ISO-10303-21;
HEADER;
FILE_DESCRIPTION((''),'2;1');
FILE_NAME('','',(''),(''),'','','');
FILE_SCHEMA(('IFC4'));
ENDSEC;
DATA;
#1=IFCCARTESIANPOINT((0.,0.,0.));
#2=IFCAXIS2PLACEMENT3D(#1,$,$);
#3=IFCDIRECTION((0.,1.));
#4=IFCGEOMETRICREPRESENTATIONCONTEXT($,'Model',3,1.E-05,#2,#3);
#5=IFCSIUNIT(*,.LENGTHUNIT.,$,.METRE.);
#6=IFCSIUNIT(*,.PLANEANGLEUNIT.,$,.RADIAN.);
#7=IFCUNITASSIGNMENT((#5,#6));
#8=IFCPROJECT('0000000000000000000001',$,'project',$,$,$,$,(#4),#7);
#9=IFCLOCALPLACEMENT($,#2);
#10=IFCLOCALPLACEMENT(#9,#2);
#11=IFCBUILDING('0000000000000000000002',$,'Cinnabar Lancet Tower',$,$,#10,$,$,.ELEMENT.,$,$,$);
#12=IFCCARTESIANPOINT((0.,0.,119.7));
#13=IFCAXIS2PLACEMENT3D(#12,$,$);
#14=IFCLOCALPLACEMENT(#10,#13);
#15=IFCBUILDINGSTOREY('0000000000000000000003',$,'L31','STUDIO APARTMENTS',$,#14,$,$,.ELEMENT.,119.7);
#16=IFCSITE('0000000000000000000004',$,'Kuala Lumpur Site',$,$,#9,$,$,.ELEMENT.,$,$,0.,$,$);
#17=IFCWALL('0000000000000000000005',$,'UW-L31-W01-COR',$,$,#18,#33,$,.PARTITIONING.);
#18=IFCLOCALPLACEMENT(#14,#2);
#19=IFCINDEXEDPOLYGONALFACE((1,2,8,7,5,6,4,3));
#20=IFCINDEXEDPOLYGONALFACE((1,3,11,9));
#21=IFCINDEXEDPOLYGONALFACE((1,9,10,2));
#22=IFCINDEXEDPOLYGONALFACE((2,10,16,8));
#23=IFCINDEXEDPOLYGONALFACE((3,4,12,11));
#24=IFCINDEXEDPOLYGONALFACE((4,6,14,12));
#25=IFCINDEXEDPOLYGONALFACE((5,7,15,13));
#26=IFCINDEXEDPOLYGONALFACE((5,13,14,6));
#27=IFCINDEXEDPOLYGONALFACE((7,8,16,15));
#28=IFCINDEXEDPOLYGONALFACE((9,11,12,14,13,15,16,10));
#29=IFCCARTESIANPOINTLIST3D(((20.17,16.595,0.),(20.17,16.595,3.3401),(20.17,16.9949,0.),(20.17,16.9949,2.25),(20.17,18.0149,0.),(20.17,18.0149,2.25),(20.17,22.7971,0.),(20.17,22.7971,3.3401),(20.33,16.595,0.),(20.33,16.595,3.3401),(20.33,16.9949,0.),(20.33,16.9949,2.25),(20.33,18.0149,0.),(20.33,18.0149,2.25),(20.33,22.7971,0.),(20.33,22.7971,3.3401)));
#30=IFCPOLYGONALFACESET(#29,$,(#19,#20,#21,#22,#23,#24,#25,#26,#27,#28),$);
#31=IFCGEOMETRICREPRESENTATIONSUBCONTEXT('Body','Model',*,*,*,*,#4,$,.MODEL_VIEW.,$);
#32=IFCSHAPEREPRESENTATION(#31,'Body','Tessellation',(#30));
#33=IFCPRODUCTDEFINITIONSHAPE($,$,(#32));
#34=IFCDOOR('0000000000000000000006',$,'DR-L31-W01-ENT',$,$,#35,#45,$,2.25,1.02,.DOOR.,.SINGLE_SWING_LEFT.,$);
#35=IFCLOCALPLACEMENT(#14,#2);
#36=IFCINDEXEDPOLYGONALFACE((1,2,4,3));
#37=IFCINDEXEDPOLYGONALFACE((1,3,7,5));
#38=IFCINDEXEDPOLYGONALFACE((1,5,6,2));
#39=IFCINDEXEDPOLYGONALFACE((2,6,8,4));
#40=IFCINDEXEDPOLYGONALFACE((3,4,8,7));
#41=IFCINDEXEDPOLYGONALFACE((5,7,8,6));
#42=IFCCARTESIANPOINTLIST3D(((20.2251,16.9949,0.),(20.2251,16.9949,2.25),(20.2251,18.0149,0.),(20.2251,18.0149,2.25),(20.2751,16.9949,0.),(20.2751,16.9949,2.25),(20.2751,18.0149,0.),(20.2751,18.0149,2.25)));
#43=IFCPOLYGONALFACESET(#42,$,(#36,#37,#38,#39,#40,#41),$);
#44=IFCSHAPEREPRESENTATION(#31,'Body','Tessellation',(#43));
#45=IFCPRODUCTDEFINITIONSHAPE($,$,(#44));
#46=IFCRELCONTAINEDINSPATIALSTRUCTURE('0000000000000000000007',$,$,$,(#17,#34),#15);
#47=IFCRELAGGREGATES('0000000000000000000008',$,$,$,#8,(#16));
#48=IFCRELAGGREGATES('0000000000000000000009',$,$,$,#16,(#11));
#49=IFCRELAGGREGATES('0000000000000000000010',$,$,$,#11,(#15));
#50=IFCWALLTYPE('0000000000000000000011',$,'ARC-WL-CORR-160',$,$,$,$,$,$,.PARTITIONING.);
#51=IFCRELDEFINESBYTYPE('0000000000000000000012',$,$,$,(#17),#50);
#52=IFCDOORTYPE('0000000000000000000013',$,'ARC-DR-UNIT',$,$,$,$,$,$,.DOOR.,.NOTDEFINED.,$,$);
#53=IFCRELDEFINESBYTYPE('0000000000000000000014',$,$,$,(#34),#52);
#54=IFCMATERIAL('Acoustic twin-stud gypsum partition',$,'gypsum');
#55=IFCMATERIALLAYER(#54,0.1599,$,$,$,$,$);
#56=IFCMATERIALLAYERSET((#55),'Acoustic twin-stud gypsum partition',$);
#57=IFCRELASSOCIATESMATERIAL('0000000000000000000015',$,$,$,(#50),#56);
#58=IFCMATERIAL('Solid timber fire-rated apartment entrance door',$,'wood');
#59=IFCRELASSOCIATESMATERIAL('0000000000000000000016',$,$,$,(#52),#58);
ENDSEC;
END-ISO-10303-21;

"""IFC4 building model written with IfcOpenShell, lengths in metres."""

from ifc_helpers import new_model, si_unit, direction, frame, frame_2d, origin, place, context, subcontext, project, spatial, rectangle, extrude, material, layer, layer_set, type_object, element, fill, save


model = new_model("IFC4")

# Units and contexts
model_context = context("Model", 3, precision=1e-05, world=origin(), true_north=direction((0.0, 1.0)))
body_context = subcontext(model_context, "Body", "Model", "MODEL_VIEW")
ifc_project = project(units=[si_unit("LENGTHUNIT", "METRE"), si_unit("PLANEANGLEUNIT", "RADIAN")], contexts=[model_context])

# Site, building, storey
site_placement = place(None, origin())
site = spatial("IfcSite", under=ifc_project, at=site_placement, Name="Kuala Lumpur Site", CompositionType="ELEMENT", RefElevation=0.0)
building_placement = place(site_placement, origin())
building = spatial("IfcBuilding", under=site, at=building_placement, Name="Cinnabar Lancet Tower", CompositionType="ELEMENT")
storey_placement = place(building_placement, frame((0.0, 0.0, 119.7)))
storey = spatial("IfcBuildingStorey", under=building, at=storey_placement, Name="L31", Description="STUDIO APARTMENTS", CompositionType="ELEMENT", Elevation=119.7)

# Wall, opening, door
ifc_material_1 = material(Name="Acoustic twin-stud gypsum partition", Category="gypsum")
ifc_layer = layer(ifc_material_1, 0.1599)
ifc_layer_set = layer_set([ifc_layer], Name="Acoustic twin-stud gypsum partition")
wall_type = type_object("IfcWallType", Name="ARC-WL-CORR-160", PredefinedType="PARTITIONING", material=ifc_layer_set)
wall_1_placement = place(storey_placement, frame((20.25, 16.595, 0.0), z_axis=(0.0, 0.0, 1.0), x_axis=(0.0, 1.0, 0.0)))
wall_1 = element("IfcWall", 1, at=wall_1_placement, inside=storey, type_object=wall_type, Name="UW-L31-W01-COR", PredefinedType="PARTITIONING", context=body_context, shape_type="SweptSolid", body=[
    extrude(rectangle(XDim=6.2021, YDim=0.1599, at=frame_2d((3.1011, 0.0))), origin(), (0.0, 0.0, 1.0), 3.3401),
])
opening_1_placement = place(wall_1_placement, frame((0.3999, 0.0, 0.0)))
opening_1 = element("IfcOpeningElement", 2, at=opening_1_placement, cuts=wall_1, PredefinedType="OPENING", context=body_context, shape_type="SweptSolid", body=[
    extrude(rectangle(XDim=1.02, YDim=2.25, at=frame_2d((0.51, 1.125))), frame((0.0, 0.0898, 0.0), z_axis=(0.0, -1.0, 0.0), x_axis=(1.0, 0.0, 0.0)), (0.0, 0.0, 1.0), 0.1799),
])
ifc_material_2 = material(Name="Solid timber fire-rated apartment entrance door", Category="wood")
door_type_1 = type_object("IfcDoorType", Name="ARC-DR-UNIT", OperationType="NOTDEFINED", PredefinedType="DOOR", material=ifc_material_2)
door_1_placement = place(opening_1_placement, origin())
door_1 = element("IfcDoor", 3, at=door_1_placement, inside=storey, type_object=door_type_1, Name="DR-L31-W01-ENT", OperationType="SINGLE_SWING_LEFT", OverallHeight=2.25, OverallWidth=1.02, PredefinedType="DOOR", context=body_context, shape_type="SweptSolid", body=[
    extrude(rectangle(XDim=1.02, YDim=2.25, at=frame_2d((0.51, 1.125))), frame((0.0, 0.0249, 0.0), z_axis=(0.0, -1.0, 0.0), x_axis=(1.0, 0.0, 0.0)), (0.0, 0.0, 1.0), 0.05),
])
fill(opening_1, door_1)

save(model, "model.ifc")
